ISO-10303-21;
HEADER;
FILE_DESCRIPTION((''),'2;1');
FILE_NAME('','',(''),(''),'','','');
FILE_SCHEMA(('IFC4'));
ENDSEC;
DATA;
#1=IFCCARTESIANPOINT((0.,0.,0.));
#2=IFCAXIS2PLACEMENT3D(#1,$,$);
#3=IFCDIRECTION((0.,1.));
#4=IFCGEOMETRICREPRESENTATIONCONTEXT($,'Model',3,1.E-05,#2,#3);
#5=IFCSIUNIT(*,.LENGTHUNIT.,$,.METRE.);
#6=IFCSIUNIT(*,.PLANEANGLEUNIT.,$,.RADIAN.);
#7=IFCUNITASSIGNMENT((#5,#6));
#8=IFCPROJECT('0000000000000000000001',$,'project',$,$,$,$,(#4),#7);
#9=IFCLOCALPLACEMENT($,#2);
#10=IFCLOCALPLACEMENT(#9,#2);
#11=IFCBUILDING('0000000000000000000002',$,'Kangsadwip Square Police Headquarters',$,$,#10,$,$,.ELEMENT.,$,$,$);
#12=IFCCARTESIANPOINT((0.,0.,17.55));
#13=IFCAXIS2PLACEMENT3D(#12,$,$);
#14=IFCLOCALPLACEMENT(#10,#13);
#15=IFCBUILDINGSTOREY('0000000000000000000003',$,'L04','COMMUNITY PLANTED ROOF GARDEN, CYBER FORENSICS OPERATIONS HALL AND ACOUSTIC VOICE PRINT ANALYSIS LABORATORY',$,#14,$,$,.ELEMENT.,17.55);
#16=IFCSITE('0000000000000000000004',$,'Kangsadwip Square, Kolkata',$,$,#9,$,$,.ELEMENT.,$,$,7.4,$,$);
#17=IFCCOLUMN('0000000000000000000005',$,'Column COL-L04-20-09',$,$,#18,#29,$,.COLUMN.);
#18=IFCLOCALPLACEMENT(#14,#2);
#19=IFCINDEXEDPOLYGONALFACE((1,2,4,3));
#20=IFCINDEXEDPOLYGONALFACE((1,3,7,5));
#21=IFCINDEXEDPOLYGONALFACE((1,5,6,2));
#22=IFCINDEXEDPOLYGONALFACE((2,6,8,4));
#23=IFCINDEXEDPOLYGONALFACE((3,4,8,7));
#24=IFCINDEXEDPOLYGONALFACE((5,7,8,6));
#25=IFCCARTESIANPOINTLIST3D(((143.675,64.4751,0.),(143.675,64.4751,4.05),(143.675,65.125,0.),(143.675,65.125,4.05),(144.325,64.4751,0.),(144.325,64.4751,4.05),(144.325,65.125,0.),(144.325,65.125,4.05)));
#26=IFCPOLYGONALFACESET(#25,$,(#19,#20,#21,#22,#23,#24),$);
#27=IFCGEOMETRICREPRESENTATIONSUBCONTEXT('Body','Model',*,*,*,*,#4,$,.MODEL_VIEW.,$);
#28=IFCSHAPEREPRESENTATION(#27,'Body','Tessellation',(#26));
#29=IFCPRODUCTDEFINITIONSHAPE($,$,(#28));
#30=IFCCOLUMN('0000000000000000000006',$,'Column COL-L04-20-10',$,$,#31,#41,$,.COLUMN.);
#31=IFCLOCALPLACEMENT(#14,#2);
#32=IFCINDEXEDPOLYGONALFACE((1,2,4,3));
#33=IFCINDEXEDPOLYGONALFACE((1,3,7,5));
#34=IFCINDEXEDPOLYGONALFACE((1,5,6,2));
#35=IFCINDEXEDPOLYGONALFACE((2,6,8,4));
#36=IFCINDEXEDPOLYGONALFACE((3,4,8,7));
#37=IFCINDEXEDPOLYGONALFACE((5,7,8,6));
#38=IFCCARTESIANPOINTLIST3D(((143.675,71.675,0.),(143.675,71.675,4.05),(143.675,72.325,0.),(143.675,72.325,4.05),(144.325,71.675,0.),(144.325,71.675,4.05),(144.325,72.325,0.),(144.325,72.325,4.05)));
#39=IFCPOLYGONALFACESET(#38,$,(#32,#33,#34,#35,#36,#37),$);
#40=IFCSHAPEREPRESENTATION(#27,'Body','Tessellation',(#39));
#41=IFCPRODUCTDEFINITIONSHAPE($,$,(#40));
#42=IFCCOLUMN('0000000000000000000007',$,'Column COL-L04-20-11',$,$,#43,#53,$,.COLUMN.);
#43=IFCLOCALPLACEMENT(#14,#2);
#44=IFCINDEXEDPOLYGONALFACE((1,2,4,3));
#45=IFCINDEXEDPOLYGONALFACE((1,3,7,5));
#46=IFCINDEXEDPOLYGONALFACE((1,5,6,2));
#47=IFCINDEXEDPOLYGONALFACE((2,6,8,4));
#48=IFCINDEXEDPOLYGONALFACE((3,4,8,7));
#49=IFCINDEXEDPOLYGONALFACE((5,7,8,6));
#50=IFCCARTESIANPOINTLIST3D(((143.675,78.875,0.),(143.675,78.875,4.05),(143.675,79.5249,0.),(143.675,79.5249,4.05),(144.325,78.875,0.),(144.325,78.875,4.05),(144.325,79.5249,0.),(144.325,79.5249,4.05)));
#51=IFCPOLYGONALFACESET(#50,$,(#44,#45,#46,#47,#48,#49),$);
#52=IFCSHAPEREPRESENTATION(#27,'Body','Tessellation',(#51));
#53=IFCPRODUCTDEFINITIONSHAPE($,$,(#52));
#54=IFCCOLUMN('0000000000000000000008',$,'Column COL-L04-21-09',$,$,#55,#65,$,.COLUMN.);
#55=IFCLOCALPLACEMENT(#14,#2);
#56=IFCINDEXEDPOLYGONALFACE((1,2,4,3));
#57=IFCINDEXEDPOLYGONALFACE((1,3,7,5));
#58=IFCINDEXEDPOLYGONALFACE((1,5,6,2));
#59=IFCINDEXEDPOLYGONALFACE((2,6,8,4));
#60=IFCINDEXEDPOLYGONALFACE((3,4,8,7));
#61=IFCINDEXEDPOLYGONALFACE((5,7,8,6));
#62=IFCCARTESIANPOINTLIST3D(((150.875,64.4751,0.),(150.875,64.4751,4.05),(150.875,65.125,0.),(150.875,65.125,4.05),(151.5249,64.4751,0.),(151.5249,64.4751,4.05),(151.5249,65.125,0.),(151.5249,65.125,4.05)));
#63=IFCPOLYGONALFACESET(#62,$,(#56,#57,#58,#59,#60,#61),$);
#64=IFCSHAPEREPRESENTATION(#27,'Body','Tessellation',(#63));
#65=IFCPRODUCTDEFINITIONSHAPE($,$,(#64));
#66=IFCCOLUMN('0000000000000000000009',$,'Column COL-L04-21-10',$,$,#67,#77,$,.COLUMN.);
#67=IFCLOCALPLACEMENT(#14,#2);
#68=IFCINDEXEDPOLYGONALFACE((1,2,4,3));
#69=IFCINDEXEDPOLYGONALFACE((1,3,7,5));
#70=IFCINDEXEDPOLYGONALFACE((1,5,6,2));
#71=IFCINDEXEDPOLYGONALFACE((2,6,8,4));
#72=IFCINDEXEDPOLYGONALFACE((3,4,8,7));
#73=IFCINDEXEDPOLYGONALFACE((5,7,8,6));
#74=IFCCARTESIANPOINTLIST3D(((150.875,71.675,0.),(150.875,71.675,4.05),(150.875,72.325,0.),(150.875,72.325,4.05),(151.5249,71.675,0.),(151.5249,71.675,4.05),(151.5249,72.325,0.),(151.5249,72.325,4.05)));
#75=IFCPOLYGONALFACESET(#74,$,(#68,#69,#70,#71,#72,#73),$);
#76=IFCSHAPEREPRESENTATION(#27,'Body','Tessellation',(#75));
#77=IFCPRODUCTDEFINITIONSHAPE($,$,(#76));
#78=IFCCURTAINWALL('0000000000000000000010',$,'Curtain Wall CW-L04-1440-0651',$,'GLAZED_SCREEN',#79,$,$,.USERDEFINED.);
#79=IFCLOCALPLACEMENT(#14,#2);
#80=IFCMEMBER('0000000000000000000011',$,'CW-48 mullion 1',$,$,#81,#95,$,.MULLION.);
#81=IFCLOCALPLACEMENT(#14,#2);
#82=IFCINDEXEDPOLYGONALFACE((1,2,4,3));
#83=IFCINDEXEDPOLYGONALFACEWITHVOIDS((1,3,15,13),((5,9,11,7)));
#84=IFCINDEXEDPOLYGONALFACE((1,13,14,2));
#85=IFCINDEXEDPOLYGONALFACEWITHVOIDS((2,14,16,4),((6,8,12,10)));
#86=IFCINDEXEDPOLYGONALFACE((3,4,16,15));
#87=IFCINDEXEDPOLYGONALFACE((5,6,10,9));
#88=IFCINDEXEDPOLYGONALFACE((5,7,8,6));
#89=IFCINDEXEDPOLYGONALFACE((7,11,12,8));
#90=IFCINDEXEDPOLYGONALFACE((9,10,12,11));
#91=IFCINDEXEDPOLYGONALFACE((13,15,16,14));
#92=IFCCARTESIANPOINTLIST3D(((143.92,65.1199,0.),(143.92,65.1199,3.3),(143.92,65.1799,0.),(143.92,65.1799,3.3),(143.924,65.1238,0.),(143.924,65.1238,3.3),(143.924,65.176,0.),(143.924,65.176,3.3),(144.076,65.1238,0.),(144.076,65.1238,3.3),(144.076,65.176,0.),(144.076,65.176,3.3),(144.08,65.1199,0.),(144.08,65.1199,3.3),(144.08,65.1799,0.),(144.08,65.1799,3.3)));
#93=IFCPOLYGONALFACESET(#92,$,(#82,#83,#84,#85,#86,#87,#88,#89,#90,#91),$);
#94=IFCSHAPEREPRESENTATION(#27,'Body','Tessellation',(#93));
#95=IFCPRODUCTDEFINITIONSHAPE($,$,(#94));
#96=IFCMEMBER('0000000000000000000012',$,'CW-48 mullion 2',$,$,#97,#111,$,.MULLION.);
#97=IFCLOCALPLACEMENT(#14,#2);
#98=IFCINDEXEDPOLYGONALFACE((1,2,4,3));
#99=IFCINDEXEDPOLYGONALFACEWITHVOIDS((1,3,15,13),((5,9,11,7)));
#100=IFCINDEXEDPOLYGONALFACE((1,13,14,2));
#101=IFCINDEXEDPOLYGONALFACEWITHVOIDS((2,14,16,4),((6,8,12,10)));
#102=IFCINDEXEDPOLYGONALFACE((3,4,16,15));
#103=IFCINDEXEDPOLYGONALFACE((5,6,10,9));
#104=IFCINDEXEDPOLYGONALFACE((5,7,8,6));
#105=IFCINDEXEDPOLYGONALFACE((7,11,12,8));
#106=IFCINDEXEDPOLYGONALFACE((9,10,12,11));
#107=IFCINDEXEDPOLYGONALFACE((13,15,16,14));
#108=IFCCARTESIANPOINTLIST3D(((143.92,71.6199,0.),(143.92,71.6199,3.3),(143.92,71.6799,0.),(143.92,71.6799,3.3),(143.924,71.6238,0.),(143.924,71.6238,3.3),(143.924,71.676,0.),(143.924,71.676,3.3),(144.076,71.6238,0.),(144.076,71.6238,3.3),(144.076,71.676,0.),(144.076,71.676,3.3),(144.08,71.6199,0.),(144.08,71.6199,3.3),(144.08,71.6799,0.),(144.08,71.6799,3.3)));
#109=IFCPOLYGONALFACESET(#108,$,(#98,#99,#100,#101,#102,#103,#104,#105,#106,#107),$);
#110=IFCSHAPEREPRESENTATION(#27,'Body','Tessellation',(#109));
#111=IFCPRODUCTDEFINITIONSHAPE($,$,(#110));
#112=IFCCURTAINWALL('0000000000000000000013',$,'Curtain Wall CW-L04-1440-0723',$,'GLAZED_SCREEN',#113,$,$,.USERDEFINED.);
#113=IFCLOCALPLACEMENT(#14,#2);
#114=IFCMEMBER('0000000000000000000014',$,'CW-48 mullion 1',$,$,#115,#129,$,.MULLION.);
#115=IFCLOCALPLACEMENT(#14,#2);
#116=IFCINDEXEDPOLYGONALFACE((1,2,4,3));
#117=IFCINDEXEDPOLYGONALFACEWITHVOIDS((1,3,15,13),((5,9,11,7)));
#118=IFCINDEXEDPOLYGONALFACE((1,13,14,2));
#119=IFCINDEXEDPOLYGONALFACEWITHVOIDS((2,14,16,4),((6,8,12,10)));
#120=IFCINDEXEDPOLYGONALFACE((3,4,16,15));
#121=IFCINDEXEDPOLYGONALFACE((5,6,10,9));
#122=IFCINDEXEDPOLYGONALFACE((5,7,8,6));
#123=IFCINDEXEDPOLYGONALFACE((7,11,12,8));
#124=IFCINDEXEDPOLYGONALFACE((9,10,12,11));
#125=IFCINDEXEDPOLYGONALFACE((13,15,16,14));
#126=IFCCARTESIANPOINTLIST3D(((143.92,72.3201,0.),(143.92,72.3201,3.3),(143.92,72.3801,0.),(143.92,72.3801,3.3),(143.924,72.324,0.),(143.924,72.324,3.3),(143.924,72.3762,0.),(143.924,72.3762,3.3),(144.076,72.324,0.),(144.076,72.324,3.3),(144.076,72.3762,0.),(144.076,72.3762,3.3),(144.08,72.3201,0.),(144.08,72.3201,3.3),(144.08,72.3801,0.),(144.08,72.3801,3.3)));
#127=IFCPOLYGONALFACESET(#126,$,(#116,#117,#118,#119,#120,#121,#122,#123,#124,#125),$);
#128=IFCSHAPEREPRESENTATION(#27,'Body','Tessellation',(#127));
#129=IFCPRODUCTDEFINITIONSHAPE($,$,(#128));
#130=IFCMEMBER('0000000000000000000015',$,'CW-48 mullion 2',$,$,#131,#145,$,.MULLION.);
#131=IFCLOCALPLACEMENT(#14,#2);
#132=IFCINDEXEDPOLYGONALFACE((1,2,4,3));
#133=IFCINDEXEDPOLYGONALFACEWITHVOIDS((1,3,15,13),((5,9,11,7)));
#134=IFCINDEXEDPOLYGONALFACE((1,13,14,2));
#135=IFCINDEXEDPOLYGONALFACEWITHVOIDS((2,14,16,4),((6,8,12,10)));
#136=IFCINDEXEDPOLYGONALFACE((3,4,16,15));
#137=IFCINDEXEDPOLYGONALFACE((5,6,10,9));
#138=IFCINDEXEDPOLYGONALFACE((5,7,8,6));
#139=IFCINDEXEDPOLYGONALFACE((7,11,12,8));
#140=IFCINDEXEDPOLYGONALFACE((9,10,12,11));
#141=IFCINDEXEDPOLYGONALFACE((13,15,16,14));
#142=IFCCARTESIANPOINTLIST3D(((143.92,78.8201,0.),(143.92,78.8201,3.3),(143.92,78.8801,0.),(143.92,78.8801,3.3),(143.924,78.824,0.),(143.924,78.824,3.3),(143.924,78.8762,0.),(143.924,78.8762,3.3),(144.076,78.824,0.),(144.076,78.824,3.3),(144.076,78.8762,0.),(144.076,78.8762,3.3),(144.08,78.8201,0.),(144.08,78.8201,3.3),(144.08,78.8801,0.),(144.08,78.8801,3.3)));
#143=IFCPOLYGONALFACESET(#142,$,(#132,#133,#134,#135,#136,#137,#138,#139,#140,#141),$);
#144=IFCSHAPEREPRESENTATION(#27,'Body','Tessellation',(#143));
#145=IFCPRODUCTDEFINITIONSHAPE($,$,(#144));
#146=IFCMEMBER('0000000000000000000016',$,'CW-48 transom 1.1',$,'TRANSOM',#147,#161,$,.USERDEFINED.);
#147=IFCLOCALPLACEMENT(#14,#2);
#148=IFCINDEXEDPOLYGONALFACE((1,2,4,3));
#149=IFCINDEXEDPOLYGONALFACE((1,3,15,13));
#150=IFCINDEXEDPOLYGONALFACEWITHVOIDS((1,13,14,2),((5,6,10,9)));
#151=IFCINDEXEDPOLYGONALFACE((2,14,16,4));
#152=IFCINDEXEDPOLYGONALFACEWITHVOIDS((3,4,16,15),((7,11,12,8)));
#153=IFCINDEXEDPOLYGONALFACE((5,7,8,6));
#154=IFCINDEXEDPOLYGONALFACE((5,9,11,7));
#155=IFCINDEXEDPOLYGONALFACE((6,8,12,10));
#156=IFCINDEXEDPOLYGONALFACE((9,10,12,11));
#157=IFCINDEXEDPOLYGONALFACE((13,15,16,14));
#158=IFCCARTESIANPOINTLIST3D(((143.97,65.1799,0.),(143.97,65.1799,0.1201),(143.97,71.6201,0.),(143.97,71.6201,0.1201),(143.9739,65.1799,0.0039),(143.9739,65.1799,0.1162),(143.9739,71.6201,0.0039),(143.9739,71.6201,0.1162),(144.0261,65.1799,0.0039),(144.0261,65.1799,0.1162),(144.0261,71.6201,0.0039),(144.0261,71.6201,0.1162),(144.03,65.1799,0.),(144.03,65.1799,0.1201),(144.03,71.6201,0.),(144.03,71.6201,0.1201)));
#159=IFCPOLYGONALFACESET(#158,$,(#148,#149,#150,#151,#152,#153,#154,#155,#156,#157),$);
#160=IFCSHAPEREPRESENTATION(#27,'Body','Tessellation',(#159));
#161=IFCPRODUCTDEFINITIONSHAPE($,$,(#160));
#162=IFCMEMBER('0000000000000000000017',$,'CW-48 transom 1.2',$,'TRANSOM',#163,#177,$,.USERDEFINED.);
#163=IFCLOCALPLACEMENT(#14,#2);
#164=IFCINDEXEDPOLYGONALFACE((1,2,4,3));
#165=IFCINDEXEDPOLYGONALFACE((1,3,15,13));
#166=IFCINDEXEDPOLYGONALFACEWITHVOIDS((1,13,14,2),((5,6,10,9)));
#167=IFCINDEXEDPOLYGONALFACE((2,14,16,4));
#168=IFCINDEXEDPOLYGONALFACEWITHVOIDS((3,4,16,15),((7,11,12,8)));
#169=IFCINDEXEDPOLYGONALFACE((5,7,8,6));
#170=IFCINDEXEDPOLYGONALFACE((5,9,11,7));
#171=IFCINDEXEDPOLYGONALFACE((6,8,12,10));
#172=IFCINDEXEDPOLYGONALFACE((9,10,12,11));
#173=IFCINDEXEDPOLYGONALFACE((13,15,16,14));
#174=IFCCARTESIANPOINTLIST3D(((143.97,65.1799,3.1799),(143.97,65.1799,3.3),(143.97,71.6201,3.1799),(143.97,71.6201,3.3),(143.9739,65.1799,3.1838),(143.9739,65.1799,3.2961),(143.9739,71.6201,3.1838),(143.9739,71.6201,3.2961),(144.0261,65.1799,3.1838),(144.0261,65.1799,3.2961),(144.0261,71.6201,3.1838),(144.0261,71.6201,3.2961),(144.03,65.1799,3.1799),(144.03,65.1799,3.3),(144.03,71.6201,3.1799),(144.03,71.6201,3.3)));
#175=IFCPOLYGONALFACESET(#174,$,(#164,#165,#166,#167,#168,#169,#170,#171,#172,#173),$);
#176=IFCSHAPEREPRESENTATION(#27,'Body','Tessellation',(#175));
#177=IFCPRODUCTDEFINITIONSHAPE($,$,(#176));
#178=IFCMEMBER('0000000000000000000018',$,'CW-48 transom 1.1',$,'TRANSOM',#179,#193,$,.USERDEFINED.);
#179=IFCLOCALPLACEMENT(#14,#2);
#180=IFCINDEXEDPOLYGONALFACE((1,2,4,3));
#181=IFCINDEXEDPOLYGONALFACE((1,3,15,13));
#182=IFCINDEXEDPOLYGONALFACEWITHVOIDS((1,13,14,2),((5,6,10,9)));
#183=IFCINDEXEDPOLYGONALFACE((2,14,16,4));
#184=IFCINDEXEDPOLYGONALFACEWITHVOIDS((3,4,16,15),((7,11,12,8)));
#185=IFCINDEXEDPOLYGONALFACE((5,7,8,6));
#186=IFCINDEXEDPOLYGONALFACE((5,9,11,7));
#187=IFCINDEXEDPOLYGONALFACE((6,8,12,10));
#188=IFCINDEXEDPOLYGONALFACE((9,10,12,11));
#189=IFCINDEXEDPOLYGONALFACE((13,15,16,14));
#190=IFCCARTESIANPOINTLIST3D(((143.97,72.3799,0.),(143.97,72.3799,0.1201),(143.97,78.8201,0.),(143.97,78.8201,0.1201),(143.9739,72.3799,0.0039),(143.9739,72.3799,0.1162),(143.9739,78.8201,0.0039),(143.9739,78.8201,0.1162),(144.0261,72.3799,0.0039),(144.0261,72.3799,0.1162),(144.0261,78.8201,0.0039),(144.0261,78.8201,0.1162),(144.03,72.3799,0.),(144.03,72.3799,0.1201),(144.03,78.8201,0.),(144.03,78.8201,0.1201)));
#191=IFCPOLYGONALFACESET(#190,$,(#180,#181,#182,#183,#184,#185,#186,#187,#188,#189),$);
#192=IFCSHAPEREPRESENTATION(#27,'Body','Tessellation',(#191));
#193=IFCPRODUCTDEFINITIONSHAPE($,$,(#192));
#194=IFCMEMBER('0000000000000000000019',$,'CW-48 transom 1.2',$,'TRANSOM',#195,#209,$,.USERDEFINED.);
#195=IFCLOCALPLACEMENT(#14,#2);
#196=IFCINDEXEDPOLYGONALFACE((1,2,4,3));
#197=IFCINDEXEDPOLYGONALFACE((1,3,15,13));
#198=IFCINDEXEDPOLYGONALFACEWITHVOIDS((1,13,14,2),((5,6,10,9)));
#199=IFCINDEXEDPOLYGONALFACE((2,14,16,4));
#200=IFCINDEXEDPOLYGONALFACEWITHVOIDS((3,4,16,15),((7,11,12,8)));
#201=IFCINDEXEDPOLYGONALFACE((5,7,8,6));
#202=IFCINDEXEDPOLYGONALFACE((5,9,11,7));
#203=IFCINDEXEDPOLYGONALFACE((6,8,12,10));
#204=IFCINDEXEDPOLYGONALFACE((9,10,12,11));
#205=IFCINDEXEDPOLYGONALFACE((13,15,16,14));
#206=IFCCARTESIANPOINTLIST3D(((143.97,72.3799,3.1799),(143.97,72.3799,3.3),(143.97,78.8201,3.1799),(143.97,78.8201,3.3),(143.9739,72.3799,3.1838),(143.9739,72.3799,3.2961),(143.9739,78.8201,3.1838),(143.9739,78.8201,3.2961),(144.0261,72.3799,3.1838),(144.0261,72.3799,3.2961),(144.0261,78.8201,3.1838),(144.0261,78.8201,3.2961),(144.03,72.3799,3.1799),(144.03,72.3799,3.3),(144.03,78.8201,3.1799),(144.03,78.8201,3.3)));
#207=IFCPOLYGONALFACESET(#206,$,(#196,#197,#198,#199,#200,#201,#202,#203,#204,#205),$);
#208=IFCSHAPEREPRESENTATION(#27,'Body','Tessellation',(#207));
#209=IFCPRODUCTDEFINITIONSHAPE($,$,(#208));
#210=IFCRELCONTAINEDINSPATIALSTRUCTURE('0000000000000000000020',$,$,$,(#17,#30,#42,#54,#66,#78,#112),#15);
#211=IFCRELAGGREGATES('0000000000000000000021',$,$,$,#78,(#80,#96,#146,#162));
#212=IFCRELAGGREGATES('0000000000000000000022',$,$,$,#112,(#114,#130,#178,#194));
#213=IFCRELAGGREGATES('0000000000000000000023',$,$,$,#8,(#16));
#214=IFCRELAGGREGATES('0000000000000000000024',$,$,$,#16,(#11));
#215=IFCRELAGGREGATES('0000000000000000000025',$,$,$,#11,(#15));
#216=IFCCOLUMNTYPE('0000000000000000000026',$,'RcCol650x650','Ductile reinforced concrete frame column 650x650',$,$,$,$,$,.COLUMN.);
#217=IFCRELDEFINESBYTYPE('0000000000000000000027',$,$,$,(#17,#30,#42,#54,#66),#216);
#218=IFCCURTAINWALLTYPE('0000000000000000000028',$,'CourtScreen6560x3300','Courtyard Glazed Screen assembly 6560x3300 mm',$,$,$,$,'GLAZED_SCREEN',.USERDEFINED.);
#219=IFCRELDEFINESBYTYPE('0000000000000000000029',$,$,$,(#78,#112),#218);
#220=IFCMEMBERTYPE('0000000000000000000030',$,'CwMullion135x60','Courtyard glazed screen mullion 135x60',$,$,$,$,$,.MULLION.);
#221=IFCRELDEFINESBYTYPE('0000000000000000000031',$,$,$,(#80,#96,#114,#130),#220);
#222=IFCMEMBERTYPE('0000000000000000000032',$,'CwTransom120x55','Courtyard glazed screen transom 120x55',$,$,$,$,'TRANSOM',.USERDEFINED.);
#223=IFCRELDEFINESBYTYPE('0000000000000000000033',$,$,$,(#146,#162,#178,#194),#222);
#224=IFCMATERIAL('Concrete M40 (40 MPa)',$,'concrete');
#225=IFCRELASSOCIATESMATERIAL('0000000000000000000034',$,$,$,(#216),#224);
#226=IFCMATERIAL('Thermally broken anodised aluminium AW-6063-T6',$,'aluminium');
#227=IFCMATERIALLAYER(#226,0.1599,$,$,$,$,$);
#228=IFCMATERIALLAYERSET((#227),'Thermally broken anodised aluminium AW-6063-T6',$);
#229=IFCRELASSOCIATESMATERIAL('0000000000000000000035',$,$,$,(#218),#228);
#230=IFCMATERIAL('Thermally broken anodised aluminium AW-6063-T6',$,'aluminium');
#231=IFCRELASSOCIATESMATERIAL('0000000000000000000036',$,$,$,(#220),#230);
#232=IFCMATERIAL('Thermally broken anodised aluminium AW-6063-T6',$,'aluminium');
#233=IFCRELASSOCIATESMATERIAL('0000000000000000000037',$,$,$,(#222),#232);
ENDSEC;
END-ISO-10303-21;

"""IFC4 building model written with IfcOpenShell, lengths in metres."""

from ifc_helpers import new_model, si_unit, direction, frame, origin, origin_2d, place, context, subcontext, project, spatial, rectangle, hollow_rectangle, extrude, material, layer, layer_set, material_profile, profile_set, type_object, element, aggregate, save


model = new_model("IFC4")

# Units and contexts
model_context = context("Model", 3, precision=1e-05, world=origin(), true_north=direction((0.0, 1.0)))
body_context = subcontext(model_context, "Body", "Model", "MODEL_VIEW")
ifc_project = project(units=[si_unit("LENGTHUNIT", "METRE"), si_unit("PLANEANGLEUNIT", "RADIAN")], contexts=[model_context])

# Site, building, storey
site_placement = place(None, origin())
site = spatial("IfcSite", under=ifc_project, at=site_placement, Name="Kangsadwip Square, Kolkata", CompositionType="ELEMENT", RefElevation=7.4)
building_placement = place(site_placement, origin())
building = spatial("IfcBuilding", under=site, at=building_placement, Name="Kangsadwip Square Police Headquarters", CompositionType="ELEMENT")
storey_placement = place(building_placement, frame((0.0, 0.0, 17.55)))
storey = spatial("IfcBuildingStorey", under=building, at=storey_placement, Name="L04", Description="COMMUNITY PLANTED ROOF GARDEN, CYBER FORENSICS OPERATIONS HALL AND ACOUSTIC VOICE PRINT ANALYSIS LABORATORY", CompositionType="ELEMENT", Elevation=17.55)

# Columns
ifc_material_1 = material(Name="Concrete M40 (40 MPa)", Category="concrete")
ifc_material_profile_1 = material_profile(ifc_material_1, rectangle(XDim=0.6499, YDim=0.6499, at=origin_2d()), Name="RC COL 650X650")
ifc_profile_set_1 = profile_set([ifc_material_profile_1], Name="Concrete M40 (40 MPa)")
column_type = type_object("IfcColumnType", Name="RcCol650x650", Description="Ductile reinforced concrete frame column 650x650", PredefinedType="COLUMN", material=ifc_profile_set_1)
for number, where, z_axis, x_axis, name in (
    (1, (144.0, 64.8, 0.0), (0.0, 0.0, 1.0), (1.0, 0.0, 0.0), "Column COL-L04-20-09"),
    (2, (144.0, 72.0, 0.0), (0.0, 0.0, 1.0), (1.0, 0.0, 0.0), "Column COL-L04-20-10"),
    (3, (144.0, 79.2, 0.0), (0.0, 0.0, 1.0), (1.0, 0.0, 0.0), "Column COL-L04-20-11"),
    (4, (151.2, 64.8, 0.0), (0.0, 0.0, 1.0), (1.0, 0.0, 0.0), "Column COL-L04-21-09"),
    (5, (151.2, 72.0, 0.0), (0.0, 0.0, 1.0), (1.0, 0.0, 0.0), "Column COL-L04-21-10"),
):
    element("IfcColumn", number, at=place(storey_placement, frame(where, z_axis=z_axis, x_axis=x_axis)), inside=storey, type_object=column_type, Name=name, PredefinedType="COLUMN", context=body_context, shape_type="SweptSolid", body=[
        extrude(rectangle(XDim=0.6499, YDim=0.6499, at=origin_2d()), origin(), (0.0, 0.0, 1.0), 4.05),
    ])

# Curtain walls, members
ifc_material_2 = material(Name="Thermally broken anodised aluminium AW-6063-T6", Category="aluminium")
ifc_layer_1 = layer(ifc_material_2, 0.1599)
ifc_layer_set_1 = layer_set([ifc_layer_1], Name="Thermally broken anodised aluminium AW-6063-T6")
curtain_wall_type = type_object("IfcCurtainWallType", Name="CourtScreen6560x3300", Description="Courtyard Glazed Screen assembly 6560x3300 mm", ElementType="GLAZED_SCREEN", PredefinedType="USERDEFINED", material=ifc_layer_set_1)
curtain_wall_1_placement = place(storey_placement, origin())
curtain_wall_1 = element("IfcCurtainWall", 6, at=curtain_wall_1_placement, inside=storey, type_object=curtain_wall_type, Name="Curtain Wall CW-L04-1440-0651", ObjectType="GLAZED_SCREEN", PredefinedType="USERDEFINED")
ifc_material_3 = material(Name="Thermally broken anodised aluminium AW-6063-T6", Category="aluminium")
ifc_material_profile_2 = material_profile(ifc_material_3, hollow_rectangle(XDim=0.0601, YDim=0.1599, WallThickness=0.0039, at=origin_2d()), Name="CWM 160X60X4")
ifc_profile_set_2 = profile_set([ifc_material_profile_2], Name="Thermally broken anodised aluminium AW-6063-T6")
member_type_1 = type_object("IfcMemberType", Name="CwMullion135x60", Description="Courtyard glazed screen mullion 135x60", PredefinedType="MULLION", material=ifc_profile_set_2)
member_1_placement = place(storey_placement, frame((144.0, 65.1499, 0.0), z_axis=(0.0, 0.0, 1.0), x_axis=(0.0, 1.0, 0.0)))
member_1 = element("IfcMember", 7, at=member_1_placement, type_object=member_type_1, Name="CW-48 mullion 1", PredefinedType="MULLION", context=body_context, shape_type="SweptSolid", body=[
    extrude(hollow_rectangle(XDim=0.0601, YDim=0.1599, WallThickness=0.0039, at=origin_2d()), origin(), (0.0, 0.0, 1.0), 3.3),
])
member_2_placement = place(storey_placement, frame((144.0, 71.6499, 0.0), z_axis=(0.0, 0.0, 1.0), x_axis=(0.0, 1.0, 0.0)))
member_2 = element("IfcMember", 8, at=member_2_placement, type_object=member_type_1, Name="CW-48 mullion 2", PredefinedType="MULLION", context=body_context, shape_type="SweptSolid", body=[
    extrude(hollow_rectangle(XDim=0.0601, YDim=0.1599, WallThickness=0.0039, at=origin_2d()), origin(), (0.0, 0.0, 1.0), 3.3),
])
curtain_wall_2_placement = place(storey_placement, origin())
curtain_wall_2 = element("IfcCurtainWall", 9, at=curtain_wall_2_placement, inside=storey, type_object=curtain_wall_type, Name="Curtain Wall CW-L04-1440-0723", ObjectType="GLAZED_SCREEN", PredefinedType="USERDEFINED")
member_3_placement = place(storey_placement, frame((144.0, 72.3501, 0.0), z_axis=(0.0, 0.0, 1.0), x_axis=(0.0, 1.0, 0.0)))
member_3 = element("IfcMember", 10, at=member_3_placement, type_object=member_type_1, Name="CW-48 mullion 1", PredefinedType="MULLION", context=body_context, shape_type="SweptSolid", body=[
    extrude(hollow_rectangle(XDim=0.0601, YDim=0.1599, WallThickness=0.0039, at=origin_2d()), origin(), (0.0, 0.0, 1.0), 3.3),
])
member_4_placement = place(storey_placement, frame((144.0, 78.8501, 0.0), z_axis=(0.0, 0.0, 1.0), x_axis=(0.0, 1.0, 0.0)))
member_4 = element("IfcMember", 11, at=member_4_placement, type_object=member_type_1, Name="CW-48 mullion 2", PredefinedType="MULLION", context=body_context, shape_type="SweptSolid", body=[
    extrude(hollow_rectangle(XDim=0.0601, YDim=0.1599, WallThickness=0.0039, at=origin_2d()), origin(), (0.0, 0.0, 1.0), 3.3),
])

# Members
ifc_material_4 = material(Name="Thermally broken anodised aluminium AW-6063-T6", Category="aluminium")
ifc_material_profile_3 = material_profile(ifc_material_4, hollow_rectangle(XDim=0.0601, YDim=0.1201, WallThickness=0.0039, at=origin_2d()), Name="CWT 120X60X4")
ifc_profile_set_3 = profile_set([ifc_material_profile_3], Name="Thermally broken anodised aluminium AW-6063-T6")
member_type_2 = type_object("IfcMemberType", Name="CwTransom120x55", Description="Courtyard glazed screen transom 120x55", ElementType="TRANSOM", PredefinedType="USERDEFINED", material=ifc_profile_set_3)
member_5_placement = place(storey_placement, frame((144.0, 65.1799, 0.0601), z_axis=(0.0, 1.0, 0.0), x_axis=(-1.0, 0.0, 0.0)))
member_5 = element("IfcMember", 12, at=member_5_placement, type_object=member_type_2, Name="CW-48 transom 1.1", ObjectType="TRANSOM", PredefinedType="USERDEFINED", context=body_context, shape_type="SweptSolid", body=[
    extrude(hollow_rectangle(XDim=0.0601, YDim=0.1201, WallThickness=0.0039, at=origin_2d()), origin(), (0.0, 0.0, 1.0), 6.4402),
])
member_6_placement = place(storey_placement, frame((144.0, 65.1799, 3.24), z_axis=(0.0, 1.0, 0.0), x_axis=(-1.0, 0.0, 0.0)))
member_6 = element("IfcMember", 13, at=member_6_placement, type_object=member_type_2, Name="CW-48 transom 1.2", ObjectType="TRANSOM", PredefinedType="USERDEFINED", context=body_context, shape_type="SweptSolid", body=[
    extrude(hollow_rectangle(XDim=0.0601, YDim=0.1201, WallThickness=0.0039, at=origin_2d()), origin(), (0.0, 0.0, 1.0), 6.4402),
])
member_7_placement = place(storey_placement, frame((144.0, 72.3799, 0.0601), z_axis=(0.0, 1.0, 0.0), x_axis=(-1.0, 0.0, 0.0)))
member_7 = element("IfcMember", 14, at=member_7_placement, type_object=member_type_2, Name="CW-48 transom 1.1", ObjectType="TRANSOM", PredefinedType="USERDEFINED", context=body_context, shape_type="SweptSolid", body=[
    extrude(hollow_rectangle(XDim=0.0601, YDim=0.1201, WallThickness=0.0039, at=origin_2d()), origin(), (0.0, 0.0, 1.0), 6.4402),
])
member_8_placement = place(storey_placement, frame((144.0, 72.3799, 3.24), z_axis=(0.0, 1.0, 0.0), x_axis=(-1.0, 0.0, 0.0)))
member_8 = element("IfcMember", 15, at=member_8_placement, type_object=member_type_2, Name="CW-48 transom 1.2", ObjectType="TRANSOM", PredefinedType="USERDEFINED", context=body_context, shape_type="SweptSolid", body=[
    extrude(hollow_rectangle(XDim=0.0601, YDim=0.1201, WallThickness=0.0039, at=origin_2d()), origin(), (0.0, 0.0, 1.0), 6.4402),
])

aggregate(curtain_wall_1, [member_1, member_2, member_5, member_6])
aggregate(curtain_wall_2, [member_3, member_4, member_7, member_8])

save(model, "model.ifc")
